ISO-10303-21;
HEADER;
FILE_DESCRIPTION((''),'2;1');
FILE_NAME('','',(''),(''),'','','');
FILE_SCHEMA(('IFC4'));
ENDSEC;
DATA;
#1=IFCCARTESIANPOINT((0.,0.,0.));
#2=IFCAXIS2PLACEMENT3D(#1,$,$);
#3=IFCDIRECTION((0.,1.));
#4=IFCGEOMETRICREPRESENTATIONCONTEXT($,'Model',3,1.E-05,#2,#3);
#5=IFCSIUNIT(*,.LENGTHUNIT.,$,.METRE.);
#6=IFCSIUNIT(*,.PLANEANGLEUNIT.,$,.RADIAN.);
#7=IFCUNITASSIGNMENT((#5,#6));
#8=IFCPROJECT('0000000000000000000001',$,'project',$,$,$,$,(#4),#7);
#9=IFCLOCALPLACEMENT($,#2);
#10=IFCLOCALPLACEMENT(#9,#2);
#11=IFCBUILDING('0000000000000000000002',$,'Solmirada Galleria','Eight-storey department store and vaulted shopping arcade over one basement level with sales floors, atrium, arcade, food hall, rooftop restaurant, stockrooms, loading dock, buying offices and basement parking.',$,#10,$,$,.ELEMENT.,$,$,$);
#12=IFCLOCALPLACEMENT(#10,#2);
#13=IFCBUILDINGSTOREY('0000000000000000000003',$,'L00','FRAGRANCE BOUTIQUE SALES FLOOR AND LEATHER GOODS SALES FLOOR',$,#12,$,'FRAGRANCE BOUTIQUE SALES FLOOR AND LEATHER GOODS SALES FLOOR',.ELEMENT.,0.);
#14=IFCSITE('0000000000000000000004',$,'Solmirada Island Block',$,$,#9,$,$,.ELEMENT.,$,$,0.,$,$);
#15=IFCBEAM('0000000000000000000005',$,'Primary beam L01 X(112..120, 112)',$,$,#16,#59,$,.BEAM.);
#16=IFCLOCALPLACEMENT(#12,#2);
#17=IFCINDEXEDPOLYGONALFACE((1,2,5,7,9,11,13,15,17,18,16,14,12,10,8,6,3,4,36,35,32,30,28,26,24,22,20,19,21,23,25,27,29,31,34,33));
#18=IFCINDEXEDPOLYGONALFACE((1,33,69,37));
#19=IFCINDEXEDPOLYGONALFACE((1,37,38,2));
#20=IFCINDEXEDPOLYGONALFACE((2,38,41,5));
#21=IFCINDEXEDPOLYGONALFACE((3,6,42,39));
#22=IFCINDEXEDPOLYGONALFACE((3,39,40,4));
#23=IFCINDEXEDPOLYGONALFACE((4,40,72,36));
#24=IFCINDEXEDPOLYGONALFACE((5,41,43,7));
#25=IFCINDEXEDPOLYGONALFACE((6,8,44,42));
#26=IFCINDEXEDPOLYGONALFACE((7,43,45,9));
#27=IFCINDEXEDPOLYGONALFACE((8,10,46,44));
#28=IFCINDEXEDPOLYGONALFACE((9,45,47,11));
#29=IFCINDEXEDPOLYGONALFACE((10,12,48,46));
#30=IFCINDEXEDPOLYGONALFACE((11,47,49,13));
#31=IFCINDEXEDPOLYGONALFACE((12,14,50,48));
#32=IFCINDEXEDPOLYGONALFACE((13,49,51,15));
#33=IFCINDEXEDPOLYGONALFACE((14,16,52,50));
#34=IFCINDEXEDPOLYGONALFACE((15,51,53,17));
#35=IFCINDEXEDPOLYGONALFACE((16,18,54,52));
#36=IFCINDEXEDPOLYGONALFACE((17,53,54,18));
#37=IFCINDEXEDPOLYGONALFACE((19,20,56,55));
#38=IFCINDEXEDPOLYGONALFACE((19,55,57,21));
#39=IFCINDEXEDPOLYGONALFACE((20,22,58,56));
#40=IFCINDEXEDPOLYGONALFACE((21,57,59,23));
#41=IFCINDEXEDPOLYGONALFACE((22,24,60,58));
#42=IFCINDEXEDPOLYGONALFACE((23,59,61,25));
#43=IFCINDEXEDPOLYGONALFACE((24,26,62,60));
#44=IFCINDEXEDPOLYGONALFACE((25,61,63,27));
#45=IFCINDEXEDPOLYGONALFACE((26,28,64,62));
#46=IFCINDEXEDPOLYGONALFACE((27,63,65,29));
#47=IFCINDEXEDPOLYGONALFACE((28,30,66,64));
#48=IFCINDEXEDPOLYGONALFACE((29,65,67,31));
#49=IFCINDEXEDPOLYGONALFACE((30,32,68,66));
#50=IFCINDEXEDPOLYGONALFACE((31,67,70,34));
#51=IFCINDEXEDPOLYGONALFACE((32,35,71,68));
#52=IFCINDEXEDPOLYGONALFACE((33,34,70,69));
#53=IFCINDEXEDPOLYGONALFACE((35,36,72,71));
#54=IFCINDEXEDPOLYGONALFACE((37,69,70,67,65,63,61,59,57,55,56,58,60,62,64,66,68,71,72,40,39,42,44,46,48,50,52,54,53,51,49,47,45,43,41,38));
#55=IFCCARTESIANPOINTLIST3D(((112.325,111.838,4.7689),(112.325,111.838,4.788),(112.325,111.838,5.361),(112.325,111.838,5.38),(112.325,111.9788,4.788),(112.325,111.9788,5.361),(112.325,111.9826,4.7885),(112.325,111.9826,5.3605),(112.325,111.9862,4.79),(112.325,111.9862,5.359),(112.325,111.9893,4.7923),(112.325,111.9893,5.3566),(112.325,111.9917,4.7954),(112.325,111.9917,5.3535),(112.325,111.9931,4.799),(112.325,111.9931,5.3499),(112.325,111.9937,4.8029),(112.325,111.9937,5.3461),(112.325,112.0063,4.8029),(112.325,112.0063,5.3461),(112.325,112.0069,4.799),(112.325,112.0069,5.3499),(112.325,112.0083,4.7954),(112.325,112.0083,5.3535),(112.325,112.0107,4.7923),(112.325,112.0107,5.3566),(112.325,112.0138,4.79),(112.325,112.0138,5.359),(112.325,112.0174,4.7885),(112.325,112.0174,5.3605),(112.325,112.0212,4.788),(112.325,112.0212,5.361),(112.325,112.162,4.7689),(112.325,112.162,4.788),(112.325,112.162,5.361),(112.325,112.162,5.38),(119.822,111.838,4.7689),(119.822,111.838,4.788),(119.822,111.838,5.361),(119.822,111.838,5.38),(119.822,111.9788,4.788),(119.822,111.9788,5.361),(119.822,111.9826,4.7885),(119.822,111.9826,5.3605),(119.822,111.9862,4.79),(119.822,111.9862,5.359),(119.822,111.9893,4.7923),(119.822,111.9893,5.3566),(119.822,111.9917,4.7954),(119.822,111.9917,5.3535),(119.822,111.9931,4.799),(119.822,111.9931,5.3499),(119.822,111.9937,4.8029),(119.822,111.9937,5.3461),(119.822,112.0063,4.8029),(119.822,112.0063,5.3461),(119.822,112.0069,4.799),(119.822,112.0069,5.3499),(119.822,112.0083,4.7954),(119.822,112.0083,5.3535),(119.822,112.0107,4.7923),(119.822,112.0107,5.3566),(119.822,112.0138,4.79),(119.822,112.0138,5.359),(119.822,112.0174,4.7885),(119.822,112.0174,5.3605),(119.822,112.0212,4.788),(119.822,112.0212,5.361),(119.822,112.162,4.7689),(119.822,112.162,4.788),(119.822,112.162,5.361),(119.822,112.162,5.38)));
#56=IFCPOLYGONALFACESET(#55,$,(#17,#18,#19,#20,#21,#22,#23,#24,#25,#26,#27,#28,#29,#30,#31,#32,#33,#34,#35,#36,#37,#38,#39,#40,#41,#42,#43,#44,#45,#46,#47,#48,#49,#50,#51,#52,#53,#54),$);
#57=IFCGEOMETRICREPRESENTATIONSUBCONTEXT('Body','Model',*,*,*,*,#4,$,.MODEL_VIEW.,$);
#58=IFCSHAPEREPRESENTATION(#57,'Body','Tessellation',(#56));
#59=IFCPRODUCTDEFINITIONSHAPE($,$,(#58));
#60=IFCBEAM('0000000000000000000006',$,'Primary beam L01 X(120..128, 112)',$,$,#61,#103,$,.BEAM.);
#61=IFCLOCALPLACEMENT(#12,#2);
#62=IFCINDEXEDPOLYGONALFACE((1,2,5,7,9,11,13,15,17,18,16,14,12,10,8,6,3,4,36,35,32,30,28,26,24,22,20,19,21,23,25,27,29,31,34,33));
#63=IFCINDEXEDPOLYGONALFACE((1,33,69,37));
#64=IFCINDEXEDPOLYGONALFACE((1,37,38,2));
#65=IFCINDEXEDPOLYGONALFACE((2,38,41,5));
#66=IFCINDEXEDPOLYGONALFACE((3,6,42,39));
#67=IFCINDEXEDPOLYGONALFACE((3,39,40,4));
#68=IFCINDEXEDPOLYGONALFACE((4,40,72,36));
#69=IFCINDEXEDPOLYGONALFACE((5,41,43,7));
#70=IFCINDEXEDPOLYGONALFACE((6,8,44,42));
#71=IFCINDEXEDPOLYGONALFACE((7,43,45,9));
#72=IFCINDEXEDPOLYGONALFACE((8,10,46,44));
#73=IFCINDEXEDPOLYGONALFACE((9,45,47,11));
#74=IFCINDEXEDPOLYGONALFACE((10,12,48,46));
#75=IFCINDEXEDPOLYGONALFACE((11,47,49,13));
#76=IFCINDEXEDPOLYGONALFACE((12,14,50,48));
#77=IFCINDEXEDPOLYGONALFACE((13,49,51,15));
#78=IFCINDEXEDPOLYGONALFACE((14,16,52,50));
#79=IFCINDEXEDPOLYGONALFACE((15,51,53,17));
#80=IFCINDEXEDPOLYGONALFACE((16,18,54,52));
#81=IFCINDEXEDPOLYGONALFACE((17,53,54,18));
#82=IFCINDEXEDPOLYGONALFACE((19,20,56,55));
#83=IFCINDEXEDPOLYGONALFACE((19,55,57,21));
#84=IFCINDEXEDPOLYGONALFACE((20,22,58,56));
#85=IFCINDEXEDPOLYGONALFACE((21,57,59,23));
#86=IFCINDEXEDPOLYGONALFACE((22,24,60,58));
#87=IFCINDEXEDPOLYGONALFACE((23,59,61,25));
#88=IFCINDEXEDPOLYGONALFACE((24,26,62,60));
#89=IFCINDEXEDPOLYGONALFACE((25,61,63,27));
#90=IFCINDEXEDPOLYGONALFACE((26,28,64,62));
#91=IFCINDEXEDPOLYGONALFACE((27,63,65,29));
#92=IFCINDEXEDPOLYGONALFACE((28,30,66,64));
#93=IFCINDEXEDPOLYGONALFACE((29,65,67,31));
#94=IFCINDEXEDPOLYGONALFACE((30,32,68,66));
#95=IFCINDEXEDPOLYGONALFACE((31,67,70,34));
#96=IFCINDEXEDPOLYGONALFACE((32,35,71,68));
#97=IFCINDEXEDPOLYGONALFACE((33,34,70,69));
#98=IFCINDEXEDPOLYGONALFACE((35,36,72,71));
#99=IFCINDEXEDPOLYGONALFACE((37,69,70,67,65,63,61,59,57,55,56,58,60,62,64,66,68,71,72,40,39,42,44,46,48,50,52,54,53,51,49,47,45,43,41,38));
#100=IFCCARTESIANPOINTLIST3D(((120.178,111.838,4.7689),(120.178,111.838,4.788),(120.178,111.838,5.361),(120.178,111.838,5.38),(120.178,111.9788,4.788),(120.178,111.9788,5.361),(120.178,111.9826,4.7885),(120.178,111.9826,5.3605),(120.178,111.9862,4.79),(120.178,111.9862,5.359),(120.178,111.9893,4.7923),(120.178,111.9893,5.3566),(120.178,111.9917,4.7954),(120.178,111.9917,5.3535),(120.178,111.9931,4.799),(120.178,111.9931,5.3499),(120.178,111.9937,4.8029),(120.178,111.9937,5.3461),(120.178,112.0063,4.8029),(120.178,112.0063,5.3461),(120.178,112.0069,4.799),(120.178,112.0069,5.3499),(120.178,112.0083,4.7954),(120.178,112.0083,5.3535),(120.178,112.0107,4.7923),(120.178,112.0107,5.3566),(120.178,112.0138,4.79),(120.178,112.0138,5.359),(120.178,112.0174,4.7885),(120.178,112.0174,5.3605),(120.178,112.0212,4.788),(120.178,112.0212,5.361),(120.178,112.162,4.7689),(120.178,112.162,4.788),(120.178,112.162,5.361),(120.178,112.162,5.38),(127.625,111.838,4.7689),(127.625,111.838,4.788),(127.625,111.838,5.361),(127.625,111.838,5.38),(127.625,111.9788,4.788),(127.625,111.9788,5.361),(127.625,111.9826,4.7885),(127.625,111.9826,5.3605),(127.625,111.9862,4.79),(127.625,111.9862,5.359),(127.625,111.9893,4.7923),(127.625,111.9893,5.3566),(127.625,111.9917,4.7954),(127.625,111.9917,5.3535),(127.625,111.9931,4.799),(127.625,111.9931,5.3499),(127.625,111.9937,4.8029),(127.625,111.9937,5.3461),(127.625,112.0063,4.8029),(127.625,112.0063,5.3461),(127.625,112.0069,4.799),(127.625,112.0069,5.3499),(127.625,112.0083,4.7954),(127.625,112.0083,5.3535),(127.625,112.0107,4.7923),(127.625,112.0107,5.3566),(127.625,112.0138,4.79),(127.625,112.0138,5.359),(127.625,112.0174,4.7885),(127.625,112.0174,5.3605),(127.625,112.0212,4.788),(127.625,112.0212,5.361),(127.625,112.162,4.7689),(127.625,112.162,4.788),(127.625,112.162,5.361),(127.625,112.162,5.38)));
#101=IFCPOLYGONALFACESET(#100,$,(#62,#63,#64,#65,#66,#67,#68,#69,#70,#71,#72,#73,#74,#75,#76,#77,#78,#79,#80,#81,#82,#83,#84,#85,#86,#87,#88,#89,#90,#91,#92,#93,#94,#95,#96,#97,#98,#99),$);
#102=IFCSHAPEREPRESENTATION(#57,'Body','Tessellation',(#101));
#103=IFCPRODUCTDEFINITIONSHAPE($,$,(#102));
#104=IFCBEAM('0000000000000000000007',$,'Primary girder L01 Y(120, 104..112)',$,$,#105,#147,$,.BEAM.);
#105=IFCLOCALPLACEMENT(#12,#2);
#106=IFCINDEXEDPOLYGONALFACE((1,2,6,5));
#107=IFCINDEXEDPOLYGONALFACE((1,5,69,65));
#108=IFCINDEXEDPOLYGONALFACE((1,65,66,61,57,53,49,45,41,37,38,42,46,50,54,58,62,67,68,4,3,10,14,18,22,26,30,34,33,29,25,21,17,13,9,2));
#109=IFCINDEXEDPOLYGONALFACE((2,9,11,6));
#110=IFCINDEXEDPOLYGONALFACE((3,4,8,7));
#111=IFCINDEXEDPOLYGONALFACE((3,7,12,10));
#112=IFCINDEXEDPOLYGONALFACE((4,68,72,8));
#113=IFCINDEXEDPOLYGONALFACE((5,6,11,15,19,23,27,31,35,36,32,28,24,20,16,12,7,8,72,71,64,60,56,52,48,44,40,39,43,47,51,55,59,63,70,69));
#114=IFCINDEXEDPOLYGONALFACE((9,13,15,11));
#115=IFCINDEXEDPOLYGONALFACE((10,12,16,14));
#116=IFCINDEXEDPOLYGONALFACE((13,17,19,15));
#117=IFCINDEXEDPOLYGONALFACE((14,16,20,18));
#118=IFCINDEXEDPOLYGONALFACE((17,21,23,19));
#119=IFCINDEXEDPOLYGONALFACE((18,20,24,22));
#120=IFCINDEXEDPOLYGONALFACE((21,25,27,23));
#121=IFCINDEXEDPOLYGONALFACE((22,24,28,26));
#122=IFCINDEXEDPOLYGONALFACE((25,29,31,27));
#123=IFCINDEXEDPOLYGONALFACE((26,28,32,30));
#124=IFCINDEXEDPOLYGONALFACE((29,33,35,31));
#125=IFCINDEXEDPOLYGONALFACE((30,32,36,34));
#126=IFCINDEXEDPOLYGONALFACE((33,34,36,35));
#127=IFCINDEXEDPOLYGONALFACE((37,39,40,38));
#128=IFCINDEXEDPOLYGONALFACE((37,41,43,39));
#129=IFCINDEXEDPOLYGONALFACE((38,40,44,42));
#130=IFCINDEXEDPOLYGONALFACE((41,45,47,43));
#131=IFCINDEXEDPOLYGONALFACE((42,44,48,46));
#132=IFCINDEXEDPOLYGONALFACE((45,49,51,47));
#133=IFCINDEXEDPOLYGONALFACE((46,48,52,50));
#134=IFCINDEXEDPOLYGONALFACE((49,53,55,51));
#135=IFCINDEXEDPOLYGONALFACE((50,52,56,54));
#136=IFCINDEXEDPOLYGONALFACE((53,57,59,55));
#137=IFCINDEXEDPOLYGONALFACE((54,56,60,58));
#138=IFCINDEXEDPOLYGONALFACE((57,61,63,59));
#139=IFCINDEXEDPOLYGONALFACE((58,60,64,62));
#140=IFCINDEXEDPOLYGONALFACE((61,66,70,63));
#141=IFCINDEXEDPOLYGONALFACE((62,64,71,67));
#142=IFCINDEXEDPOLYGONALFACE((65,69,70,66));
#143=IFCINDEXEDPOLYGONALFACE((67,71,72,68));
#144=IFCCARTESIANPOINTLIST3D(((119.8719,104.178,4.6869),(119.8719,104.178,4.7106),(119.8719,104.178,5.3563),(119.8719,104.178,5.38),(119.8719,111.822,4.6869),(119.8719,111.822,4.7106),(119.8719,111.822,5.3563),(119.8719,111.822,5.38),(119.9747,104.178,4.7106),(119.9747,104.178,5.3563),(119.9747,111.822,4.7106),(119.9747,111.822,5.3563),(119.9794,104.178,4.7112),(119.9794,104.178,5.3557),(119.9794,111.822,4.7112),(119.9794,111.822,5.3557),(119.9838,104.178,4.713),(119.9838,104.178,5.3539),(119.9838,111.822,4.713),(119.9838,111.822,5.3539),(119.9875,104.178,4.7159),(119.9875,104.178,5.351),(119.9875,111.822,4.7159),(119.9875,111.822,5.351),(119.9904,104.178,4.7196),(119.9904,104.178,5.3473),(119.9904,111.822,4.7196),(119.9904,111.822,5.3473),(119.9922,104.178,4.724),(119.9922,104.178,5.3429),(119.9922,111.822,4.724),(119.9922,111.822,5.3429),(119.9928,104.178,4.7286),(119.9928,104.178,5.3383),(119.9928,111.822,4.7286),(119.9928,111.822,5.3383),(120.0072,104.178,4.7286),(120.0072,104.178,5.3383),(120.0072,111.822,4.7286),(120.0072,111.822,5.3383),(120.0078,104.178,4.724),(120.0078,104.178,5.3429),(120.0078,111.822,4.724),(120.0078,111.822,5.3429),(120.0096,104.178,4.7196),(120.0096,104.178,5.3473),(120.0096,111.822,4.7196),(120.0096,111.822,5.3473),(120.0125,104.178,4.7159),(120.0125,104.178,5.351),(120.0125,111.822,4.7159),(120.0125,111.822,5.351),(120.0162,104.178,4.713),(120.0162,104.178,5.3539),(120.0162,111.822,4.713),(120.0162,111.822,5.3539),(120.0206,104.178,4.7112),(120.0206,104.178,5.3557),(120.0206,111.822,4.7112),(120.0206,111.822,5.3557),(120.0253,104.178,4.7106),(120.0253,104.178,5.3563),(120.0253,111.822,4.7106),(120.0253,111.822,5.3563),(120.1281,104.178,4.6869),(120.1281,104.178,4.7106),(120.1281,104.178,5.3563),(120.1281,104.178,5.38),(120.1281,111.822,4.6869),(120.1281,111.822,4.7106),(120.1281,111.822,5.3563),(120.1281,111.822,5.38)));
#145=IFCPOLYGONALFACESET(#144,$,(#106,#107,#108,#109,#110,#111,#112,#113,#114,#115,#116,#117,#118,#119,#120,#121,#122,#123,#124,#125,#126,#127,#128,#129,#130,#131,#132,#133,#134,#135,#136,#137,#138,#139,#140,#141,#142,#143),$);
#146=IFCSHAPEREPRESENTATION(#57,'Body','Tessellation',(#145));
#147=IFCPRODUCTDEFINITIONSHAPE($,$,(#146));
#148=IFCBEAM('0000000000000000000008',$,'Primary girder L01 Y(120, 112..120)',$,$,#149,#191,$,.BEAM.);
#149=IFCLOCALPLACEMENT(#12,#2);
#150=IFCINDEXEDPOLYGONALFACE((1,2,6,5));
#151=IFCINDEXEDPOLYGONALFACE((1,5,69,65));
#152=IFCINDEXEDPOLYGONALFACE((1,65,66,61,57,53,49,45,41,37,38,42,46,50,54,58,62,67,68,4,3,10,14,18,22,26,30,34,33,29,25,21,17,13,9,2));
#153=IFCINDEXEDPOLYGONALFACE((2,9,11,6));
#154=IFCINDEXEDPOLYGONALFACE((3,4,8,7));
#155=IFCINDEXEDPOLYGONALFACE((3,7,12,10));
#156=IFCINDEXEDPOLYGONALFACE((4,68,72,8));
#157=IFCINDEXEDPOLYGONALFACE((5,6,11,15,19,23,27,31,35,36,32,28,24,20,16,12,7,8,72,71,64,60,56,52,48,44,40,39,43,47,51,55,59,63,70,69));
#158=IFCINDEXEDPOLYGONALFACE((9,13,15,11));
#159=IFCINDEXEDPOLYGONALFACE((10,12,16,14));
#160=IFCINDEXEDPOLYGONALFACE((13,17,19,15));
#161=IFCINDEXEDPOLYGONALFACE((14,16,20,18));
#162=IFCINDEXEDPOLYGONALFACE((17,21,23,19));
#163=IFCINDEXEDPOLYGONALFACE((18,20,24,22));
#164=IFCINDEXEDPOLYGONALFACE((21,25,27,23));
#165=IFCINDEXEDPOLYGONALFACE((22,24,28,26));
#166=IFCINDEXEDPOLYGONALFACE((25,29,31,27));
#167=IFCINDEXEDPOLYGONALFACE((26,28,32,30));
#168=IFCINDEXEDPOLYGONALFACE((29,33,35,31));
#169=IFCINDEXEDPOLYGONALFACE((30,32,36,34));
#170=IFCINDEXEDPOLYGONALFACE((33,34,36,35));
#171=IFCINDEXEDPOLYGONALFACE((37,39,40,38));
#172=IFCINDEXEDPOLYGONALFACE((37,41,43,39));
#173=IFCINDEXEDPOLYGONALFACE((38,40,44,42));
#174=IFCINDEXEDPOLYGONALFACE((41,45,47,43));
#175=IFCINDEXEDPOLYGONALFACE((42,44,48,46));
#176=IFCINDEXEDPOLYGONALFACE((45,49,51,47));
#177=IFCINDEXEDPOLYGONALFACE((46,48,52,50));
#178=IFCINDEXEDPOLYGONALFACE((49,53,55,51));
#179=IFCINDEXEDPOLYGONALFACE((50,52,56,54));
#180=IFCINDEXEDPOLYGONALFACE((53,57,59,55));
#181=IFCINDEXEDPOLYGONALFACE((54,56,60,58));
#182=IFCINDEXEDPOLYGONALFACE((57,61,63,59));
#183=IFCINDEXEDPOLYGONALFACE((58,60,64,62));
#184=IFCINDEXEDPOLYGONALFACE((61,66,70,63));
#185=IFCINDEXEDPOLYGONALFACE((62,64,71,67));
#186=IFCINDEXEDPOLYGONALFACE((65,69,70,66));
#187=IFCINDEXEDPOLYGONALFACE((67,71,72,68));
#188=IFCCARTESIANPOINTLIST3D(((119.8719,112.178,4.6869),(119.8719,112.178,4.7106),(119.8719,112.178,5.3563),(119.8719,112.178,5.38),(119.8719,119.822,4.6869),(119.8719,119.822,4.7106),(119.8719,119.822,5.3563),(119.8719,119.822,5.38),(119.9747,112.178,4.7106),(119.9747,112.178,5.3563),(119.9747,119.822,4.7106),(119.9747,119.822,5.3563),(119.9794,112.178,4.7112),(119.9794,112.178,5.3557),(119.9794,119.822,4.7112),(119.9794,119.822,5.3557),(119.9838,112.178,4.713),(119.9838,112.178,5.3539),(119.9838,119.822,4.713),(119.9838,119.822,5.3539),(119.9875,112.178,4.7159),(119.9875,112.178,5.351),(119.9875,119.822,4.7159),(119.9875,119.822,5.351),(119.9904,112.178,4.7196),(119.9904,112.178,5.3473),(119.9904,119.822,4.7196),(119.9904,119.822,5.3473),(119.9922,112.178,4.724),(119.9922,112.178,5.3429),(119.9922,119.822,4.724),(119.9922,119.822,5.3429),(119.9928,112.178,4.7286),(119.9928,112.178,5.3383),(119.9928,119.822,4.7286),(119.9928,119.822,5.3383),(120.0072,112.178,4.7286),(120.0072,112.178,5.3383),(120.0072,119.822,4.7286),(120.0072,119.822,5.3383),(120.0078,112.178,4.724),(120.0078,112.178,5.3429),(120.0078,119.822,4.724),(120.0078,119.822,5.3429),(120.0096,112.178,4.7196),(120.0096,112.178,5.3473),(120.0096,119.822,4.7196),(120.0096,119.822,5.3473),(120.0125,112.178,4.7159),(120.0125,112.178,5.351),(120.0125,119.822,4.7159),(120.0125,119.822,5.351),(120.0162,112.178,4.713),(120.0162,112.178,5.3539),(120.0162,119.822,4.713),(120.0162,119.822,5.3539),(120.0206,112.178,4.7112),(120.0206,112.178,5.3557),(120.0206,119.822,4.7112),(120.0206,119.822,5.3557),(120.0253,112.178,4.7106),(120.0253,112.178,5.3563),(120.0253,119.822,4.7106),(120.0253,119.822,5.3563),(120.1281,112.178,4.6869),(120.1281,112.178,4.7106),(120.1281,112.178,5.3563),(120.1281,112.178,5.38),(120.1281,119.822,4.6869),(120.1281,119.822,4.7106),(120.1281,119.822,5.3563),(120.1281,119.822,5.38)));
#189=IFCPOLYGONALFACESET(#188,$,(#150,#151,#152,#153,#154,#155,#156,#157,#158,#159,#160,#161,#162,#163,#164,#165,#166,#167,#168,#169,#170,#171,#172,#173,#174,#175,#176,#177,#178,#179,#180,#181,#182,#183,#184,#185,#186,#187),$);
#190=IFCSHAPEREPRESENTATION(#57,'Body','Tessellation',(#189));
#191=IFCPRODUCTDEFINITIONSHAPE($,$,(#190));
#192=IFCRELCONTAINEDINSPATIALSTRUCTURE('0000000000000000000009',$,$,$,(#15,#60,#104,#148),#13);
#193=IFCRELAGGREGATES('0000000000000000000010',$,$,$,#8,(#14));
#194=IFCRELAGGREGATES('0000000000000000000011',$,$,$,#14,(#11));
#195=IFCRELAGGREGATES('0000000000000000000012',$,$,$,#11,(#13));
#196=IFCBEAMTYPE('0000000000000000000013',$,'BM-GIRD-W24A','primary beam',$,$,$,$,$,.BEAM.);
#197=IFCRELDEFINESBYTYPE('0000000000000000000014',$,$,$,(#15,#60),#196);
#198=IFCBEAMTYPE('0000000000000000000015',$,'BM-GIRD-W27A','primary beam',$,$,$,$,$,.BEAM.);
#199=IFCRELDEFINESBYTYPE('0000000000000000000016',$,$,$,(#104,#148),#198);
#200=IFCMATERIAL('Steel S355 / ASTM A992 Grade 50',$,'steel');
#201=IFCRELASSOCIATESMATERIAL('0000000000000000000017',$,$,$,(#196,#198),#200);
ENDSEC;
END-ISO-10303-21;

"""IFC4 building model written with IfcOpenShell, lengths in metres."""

from ifc_helpers import new_model, si_unit, direction, frame, origin, origin_2d, place, context, subcontext, project, spatial, i_section, extrude, material, material_profile, profile_set, type_object, element, save


model = new_model("IFC4")

# Units and contexts
model_context = context("Model", 3, precision=1e-05, world=origin(), true_north=direction((0.0, 1.0)))
body_context = subcontext(model_context, "Body", "Model", "MODEL_VIEW")
ifc_project = project(units=[si_unit("LENGTHUNIT", "METRE"), si_unit("PLANEANGLEUNIT", "RADIAN")], contexts=[model_context])

# Site, building, storey
site_placement = place(None, origin())
site = spatial("IfcSite", under=ifc_project, at=site_placement, Name="Solmirada Island Block", CompositionType="ELEMENT", RefElevation=0.0)
building_placement = place(site_placement, origin())
building = spatial("IfcBuilding", under=site, at=building_placement, Name="Solmirada Galleria", Description="Eight-storey department store and vaulted shopping arcade over one basement level with sales floors, atrium, arcade, food hall, rooftop restaurant, stockrooms, loading dock, buying offices and basement parking.", CompositionType="ELEMENT")
storey_placement = place(building_placement, origin())
storey = spatial("IfcBuildingStorey", under=building, at=storey_placement, Name="L00", Description="FRAGRANCE BOUTIQUE SALES FLOOR AND LEATHER GOODS SALES FLOOR", LongName="FRAGRANCE BOUTIQUE SALES FLOOR AND LEATHER GOODS SALES FLOOR", CompositionType="ELEMENT", Elevation=0.0)

# Beams
ifc_material_1 = material(Name="Steel S355 / ASTM A992 Grade 50", Category="steel")
ifc_material_profile_1 = material_profile(ifc_material_1, i_section(OverallWidth=0.324, OverallDepth=0.6111, WebThickness=0.0127, FlangeThickness=0.019, FilletRadius=0.0149, at=origin_2d()), Name="W24X104")
ifc_profile_set_1 = profile_set([ifc_material_profile_1], Name="Steel S355 / ASTM A992 Grade 50")
beam_type_1 = type_object("IfcBeamType", Name="BM-GIRD-W24A", Description="primary beam", PredefinedType="BEAM", material=ifc_profile_set_1)
beam_1_placement = place(storey_placement, frame((112.325, 112.0, 5.0745), z_axis=(1.0, 0.0, 0.0), x_axis=(0.0, 1.0, 0.0)))
element("IfcBeam", 1, at=beam_1_placement, inside=storey, type_object=beam_type_1, Name="Primary beam L01 X(112..120, 112)", PredefinedType="BEAM", context=body_context, shape_type="SweptSolid", body=[
    extrude(i_section(OverallWidth=0.324, OverallDepth=0.6111, WebThickness=0.0127, FlangeThickness=0.019, FilletRadius=0.0149, at=origin_2d()), origin(), (0.0, 0.0, 1.0), 7.4971),
])
beam_2_placement = place(storey_placement, frame((120.178, 112.0, 5.0745), z_axis=(1.0, 0.0, 0.0), x_axis=(0.0, 1.0, 0.0)))
element("IfcBeam", 2, at=beam_2_placement, inside=storey, type_object=beam_type_1, Name="Primary beam L01 X(120..128, 112)", PredefinedType="BEAM", context=body_context, shape_type="SweptSolid", body=[
    extrude(i_section(OverallWidth=0.324, OverallDepth=0.6111, WebThickness=0.0127, FlangeThickness=0.019, FilletRadius=0.0149, at=origin_2d()), origin(), (0.0, 0.0, 1.0), 7.447),
])
ifc_material_profile_2 = material_profile(ifc_material_1, i_section(OverallWidth=0.2561, OverallDepth=0.6931, WebThickness=0.0144, FlangeThickness=0.0237, FilletRadius=0.0181, at=origin_2d()), Name="W27X114")
ifc_profile_set_2 = profile_set([ifc_material_profile_2], Name="Steel S355 / ASTM A992 Grade 50")
beam_type_2 = type_object("IfcBeamType", Name="BM-GIRD-W27A", Description="primary beam", PredefinedType="BEAM", material=ifc_profile_set_2)
for number, where, z_axis, x_axis, name in (
    (3, (120.0, 104.178, 5.0334), (0.0, 1.0, 0.0), (-1.0, 0.0, 0.0), "Primary girder L01 Y(120, 104..112)"),
    (4, (120.0, 112.178, 5.0334), (0.0, 1.0, 0.0), (-1.0, 0.0, 0.0), "Primary girder L01 Y(120, 112..120)"),
):
    element("IfcBeam", number, at=place(storey_placement, frame(where, z_axis=z_axis, x_axis=x_axis)), inside=storey, type_object=beam_type_2, Name=name, PredefinedType="BEAM", context=body_context, shape_type="SweptSolid", body=[
        extrude(i_section(OverallWidth=0.2561, OverallDepth=0.6931, WebThickness=0.0144, FlangeThickness=0.0237, FilletRadius=0.0181, at=origin_2d()), origin(), (0.0, 0.0, 1.0), 7.644),
    ])

save(model, "model.ifc")
